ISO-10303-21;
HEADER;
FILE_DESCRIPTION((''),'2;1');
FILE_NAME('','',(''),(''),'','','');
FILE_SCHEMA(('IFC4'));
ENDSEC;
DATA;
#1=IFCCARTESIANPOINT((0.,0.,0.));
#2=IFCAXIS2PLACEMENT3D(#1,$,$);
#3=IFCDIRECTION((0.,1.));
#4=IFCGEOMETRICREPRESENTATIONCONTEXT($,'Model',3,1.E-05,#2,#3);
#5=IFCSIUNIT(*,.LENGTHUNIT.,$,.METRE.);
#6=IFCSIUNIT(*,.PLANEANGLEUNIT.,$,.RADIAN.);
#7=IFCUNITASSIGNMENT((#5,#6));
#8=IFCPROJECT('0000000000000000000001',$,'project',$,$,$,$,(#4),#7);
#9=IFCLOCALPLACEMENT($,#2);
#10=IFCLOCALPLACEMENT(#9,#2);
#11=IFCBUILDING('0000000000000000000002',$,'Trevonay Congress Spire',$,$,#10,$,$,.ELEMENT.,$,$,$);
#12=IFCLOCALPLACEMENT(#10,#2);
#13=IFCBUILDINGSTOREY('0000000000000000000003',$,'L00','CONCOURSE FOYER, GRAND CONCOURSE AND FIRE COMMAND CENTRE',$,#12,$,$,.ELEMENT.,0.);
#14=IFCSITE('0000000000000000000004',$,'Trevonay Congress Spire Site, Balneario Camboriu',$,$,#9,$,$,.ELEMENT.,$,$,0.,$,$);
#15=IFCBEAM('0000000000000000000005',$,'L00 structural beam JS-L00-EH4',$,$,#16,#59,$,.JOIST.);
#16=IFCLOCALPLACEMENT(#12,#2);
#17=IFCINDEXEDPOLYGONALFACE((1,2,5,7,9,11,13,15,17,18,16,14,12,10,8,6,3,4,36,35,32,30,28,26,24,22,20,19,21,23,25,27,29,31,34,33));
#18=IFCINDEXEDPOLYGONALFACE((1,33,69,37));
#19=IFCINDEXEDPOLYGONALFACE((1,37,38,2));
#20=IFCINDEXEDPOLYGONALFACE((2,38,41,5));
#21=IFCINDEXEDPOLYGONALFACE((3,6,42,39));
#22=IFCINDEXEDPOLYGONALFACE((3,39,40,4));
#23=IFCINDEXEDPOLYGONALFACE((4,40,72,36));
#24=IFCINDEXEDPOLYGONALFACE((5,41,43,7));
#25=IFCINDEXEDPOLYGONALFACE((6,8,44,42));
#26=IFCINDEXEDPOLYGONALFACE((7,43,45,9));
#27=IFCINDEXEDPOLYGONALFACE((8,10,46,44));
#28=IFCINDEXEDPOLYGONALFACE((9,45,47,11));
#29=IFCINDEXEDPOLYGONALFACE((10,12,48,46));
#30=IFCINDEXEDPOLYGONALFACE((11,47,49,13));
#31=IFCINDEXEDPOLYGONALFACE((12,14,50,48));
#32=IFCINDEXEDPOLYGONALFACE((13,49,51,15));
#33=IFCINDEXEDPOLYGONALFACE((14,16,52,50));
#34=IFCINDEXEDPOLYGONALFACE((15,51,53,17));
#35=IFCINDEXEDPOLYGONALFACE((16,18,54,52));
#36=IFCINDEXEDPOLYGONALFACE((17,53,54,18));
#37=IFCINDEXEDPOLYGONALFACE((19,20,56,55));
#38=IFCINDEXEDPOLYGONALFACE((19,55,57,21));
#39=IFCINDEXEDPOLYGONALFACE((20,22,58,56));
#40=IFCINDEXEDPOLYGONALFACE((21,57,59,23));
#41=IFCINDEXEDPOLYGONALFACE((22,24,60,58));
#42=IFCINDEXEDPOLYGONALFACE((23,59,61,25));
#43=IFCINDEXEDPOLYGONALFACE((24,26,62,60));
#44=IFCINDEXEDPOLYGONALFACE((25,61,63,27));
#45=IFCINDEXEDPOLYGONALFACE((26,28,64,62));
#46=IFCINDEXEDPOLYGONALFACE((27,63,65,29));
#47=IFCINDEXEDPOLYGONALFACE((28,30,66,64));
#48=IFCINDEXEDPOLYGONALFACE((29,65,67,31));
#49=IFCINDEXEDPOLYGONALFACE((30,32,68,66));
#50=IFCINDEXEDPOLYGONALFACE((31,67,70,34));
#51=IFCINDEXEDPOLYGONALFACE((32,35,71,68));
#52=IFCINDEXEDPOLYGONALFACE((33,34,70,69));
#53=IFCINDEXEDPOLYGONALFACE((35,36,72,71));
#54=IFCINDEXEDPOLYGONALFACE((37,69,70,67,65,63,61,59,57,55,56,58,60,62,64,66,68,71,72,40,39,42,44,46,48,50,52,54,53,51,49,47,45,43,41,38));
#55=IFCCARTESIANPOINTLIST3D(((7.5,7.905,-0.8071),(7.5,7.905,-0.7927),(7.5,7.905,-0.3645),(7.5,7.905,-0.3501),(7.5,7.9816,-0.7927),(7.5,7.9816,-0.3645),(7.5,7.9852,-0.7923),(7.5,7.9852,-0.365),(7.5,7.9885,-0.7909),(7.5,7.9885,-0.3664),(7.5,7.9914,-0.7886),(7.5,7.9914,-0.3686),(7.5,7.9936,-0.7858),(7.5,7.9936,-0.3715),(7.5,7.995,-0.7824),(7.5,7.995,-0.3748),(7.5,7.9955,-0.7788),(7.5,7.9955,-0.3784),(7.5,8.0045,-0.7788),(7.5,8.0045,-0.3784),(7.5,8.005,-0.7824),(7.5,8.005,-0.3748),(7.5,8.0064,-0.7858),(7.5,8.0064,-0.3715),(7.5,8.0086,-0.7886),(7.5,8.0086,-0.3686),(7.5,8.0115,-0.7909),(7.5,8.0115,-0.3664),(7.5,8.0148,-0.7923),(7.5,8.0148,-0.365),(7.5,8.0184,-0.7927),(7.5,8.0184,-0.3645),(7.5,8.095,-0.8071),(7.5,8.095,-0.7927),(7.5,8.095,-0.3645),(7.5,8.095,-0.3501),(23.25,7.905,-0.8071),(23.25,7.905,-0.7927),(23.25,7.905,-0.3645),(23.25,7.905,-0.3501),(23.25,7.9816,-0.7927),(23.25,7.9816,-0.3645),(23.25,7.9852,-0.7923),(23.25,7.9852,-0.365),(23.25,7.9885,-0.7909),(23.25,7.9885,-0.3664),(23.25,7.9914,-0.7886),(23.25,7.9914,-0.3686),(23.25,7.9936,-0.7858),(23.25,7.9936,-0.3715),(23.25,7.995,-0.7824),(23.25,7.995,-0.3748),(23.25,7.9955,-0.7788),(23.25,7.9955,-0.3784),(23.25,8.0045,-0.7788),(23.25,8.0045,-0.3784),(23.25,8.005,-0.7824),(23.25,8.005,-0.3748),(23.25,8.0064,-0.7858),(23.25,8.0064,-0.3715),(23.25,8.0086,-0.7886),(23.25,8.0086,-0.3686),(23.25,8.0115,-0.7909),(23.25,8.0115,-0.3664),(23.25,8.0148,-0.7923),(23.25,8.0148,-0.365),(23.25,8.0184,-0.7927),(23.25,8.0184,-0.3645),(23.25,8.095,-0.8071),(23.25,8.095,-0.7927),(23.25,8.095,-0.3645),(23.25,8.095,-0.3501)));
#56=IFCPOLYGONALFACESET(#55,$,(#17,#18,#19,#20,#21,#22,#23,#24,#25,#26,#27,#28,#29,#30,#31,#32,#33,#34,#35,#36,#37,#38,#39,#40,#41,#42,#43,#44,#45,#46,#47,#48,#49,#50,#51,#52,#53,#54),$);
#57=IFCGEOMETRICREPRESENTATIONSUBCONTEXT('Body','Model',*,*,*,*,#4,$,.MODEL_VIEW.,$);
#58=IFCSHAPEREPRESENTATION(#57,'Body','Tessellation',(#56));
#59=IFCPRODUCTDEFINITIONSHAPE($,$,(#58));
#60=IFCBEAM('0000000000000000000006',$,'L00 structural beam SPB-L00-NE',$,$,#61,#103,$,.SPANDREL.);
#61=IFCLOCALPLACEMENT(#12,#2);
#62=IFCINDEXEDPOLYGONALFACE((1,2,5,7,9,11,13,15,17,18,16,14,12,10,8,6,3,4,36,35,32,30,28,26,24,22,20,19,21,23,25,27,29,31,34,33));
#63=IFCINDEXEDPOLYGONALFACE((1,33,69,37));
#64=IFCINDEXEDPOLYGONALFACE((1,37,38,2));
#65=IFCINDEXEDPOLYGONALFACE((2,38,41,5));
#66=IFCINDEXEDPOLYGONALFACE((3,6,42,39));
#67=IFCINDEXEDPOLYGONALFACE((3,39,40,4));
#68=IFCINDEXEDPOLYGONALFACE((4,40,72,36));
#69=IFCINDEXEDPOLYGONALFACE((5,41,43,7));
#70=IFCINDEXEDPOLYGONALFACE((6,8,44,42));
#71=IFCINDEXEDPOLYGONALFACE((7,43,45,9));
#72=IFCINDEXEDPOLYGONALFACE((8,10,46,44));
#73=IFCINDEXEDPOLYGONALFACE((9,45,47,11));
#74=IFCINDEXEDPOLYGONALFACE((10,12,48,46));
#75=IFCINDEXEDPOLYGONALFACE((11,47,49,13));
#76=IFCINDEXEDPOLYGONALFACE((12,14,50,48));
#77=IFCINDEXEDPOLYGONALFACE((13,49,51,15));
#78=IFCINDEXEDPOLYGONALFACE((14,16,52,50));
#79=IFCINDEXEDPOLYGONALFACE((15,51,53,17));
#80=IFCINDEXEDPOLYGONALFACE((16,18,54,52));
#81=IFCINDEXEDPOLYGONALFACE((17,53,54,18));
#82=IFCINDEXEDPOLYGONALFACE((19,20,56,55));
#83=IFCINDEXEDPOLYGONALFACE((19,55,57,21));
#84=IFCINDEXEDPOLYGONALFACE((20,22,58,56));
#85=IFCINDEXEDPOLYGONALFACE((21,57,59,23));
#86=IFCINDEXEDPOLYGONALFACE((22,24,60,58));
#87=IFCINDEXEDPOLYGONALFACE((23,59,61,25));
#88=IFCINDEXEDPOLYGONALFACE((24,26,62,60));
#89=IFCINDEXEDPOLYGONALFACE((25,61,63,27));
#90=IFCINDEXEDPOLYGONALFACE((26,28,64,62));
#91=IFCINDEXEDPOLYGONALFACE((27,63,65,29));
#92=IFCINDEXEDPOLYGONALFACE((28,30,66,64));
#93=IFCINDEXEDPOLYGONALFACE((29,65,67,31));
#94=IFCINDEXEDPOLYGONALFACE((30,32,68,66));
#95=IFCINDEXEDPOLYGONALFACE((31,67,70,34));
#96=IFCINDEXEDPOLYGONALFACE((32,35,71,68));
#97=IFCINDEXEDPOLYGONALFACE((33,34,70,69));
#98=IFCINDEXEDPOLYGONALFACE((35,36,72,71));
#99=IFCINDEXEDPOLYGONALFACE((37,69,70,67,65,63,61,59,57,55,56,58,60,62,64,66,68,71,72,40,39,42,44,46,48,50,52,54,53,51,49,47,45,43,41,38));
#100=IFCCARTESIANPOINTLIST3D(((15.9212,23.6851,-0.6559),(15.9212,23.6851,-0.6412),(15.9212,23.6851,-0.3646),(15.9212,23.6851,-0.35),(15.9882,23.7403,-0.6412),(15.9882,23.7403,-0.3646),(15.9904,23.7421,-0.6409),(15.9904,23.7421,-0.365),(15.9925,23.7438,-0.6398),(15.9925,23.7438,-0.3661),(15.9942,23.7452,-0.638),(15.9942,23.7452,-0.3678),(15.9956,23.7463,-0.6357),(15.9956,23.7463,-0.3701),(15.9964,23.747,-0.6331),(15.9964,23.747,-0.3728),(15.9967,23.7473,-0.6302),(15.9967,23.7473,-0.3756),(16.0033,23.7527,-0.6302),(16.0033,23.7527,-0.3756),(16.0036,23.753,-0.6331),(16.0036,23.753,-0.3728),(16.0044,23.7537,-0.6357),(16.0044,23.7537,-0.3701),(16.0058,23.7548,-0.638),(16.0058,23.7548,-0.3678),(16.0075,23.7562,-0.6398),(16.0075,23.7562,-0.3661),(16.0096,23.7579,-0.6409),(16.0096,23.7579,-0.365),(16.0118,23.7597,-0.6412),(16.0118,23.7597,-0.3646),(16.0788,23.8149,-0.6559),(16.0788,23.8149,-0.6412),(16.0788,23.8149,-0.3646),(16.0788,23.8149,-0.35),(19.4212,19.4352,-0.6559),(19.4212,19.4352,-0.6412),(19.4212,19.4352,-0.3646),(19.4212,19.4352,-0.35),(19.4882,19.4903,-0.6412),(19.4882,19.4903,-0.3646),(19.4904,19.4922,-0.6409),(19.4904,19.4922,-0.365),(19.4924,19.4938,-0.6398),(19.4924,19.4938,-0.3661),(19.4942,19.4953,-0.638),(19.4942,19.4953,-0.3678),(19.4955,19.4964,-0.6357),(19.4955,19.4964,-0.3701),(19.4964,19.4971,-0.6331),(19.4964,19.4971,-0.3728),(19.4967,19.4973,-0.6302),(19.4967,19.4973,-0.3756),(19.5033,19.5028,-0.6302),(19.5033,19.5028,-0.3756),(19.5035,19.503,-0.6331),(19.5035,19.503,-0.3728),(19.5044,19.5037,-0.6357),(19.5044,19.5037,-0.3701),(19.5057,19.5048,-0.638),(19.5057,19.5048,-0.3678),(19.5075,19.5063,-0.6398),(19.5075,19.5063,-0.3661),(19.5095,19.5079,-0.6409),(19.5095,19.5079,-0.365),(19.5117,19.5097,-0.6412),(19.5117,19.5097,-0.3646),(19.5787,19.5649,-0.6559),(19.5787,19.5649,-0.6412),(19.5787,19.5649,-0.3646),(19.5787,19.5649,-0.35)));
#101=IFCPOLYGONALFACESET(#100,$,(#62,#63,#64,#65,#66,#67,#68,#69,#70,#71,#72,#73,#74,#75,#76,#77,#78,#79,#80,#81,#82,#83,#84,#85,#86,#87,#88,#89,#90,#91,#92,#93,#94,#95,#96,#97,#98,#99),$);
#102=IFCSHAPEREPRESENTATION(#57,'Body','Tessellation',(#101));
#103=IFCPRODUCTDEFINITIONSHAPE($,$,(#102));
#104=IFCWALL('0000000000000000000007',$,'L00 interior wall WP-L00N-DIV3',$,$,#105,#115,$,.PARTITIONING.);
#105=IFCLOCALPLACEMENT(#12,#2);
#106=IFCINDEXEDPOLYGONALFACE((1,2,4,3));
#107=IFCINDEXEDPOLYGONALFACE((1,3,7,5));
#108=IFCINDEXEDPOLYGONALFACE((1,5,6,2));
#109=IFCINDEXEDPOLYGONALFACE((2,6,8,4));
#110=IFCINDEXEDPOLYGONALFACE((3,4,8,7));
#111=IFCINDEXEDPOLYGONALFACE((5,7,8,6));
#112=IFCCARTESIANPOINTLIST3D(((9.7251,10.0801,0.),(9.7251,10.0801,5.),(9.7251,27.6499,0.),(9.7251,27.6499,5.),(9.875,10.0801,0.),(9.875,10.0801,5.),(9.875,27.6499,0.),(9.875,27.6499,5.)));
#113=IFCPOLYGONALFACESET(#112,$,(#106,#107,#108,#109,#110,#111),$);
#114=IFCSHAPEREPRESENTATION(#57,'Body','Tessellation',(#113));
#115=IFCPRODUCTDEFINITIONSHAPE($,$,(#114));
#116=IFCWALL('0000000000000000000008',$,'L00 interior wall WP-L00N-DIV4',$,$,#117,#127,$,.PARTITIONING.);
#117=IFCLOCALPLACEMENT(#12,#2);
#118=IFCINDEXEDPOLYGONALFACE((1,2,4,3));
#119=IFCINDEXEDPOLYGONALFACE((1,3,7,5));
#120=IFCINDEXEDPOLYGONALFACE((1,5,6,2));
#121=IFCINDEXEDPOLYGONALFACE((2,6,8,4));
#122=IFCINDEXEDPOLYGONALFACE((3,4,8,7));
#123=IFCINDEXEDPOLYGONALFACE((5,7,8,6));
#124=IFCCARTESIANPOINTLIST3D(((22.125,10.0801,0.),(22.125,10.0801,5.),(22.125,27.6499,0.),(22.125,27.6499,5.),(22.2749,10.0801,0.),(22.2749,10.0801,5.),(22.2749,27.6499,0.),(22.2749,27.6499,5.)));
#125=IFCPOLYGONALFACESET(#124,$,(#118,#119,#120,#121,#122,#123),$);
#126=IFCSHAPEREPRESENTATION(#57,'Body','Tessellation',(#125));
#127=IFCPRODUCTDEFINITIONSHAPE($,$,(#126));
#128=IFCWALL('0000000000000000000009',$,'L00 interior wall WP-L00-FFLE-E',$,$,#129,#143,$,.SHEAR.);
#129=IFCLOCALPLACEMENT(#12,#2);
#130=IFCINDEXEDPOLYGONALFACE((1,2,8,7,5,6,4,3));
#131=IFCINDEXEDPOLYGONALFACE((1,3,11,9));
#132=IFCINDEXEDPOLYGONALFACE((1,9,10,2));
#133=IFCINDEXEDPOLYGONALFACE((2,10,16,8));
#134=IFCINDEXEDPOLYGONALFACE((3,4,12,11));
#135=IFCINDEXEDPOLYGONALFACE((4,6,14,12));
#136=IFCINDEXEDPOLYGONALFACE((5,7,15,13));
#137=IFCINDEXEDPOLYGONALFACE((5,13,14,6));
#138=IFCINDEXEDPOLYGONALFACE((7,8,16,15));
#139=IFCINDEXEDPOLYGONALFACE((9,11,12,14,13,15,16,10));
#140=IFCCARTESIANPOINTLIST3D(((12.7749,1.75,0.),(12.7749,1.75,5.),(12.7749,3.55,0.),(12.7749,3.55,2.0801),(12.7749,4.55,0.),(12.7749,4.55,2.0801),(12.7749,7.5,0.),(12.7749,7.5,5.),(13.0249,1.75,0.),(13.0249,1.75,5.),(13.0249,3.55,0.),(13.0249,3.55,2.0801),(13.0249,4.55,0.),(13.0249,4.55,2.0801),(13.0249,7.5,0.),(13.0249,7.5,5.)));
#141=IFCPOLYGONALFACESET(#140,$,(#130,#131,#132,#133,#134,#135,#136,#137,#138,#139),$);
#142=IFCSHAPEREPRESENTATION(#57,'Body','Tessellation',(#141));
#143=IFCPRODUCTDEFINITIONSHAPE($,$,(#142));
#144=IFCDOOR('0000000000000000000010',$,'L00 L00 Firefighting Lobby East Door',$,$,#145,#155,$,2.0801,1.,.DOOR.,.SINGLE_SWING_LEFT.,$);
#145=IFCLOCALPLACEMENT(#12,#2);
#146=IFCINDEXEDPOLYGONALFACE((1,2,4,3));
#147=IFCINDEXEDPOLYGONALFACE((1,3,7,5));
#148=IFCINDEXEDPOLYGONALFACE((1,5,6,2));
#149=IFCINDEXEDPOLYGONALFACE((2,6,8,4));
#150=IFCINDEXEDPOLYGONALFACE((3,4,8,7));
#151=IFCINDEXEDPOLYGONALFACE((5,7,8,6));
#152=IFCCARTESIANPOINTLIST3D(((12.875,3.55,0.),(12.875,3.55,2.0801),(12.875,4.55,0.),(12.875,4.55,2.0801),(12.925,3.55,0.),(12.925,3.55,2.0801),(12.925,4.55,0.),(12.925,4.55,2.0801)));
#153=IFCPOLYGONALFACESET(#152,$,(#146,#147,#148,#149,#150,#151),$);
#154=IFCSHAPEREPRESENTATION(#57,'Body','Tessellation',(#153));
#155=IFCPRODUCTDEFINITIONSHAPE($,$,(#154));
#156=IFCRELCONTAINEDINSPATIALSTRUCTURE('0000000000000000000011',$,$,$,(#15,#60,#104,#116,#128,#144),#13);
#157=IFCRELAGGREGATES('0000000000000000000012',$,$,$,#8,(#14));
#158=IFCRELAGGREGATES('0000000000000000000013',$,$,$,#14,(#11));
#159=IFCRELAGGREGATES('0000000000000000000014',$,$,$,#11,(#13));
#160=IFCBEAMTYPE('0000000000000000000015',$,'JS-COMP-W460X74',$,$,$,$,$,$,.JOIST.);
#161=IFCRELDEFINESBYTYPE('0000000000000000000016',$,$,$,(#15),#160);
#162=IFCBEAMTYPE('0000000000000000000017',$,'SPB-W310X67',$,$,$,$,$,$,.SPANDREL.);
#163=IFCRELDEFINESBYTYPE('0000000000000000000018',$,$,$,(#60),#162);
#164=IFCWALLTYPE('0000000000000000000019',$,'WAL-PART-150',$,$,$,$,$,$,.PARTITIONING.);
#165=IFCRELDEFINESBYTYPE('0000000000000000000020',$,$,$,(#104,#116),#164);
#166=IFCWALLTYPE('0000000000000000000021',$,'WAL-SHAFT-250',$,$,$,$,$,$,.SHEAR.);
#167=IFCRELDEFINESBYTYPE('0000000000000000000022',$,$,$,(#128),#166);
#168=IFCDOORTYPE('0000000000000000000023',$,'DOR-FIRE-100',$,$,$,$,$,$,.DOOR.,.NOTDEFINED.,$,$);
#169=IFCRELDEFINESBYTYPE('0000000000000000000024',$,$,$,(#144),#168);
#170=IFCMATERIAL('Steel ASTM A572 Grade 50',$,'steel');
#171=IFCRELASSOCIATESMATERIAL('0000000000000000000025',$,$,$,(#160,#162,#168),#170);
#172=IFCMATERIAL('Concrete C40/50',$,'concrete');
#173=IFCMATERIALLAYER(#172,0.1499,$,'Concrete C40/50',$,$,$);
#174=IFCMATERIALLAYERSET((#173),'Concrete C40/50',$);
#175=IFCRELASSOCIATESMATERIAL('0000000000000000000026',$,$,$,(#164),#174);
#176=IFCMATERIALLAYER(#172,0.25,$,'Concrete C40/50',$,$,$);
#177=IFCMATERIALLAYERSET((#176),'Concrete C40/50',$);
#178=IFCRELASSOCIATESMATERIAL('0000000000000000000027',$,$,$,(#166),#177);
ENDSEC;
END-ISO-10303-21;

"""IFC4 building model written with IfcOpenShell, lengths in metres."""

from ifc_helpers import new_model, si_unit, direction, frame, frame_2d, origin, origin_2d, place, context, subcontext, project, spatial, rectangle, i_section, extrude, material, layer, layer_set, material_profile, profile_set, type_object, element, fill, save


model = new_model("IFC4")

# Units and contexts
model_context = context("Model", 3, precision=1e-05, world=origin(), true_north=direction((0.0, 1.0)))
body_context = subcontext(model_context, "Body", "Model", "MODEL_VIEW")
ifc_project = project(units=[si_unit("LENGTHUNIT", "METRE"), si_unit("PLANEANGLEUNIT", "RADIAN")], contexts=[model_context])

# Site, building, storey
site_placement = place(None, origin())
site = spatial("IfcSite", under=ifc_project, at=site_placement, Name="Trevonay Congress Spire Site, Balneario Camboriu", CompositionType="ELEMENT", RefElevation=0.0)
building_placement = place(site_placement, origin())
building = spatial("IfcBuilding", under=site, at=building_placement, Name="Trevonay Congress Spire", CompositionType="ELEMENT")
storey_placement = place(building_placement, origin())
storey = spatial("IfcBuildingStorey", under=building, at=storey_placement, Name="L00", Description="CONCOURSE FOYER, GRAND CONCOURSE AND FIRE COMMAND CENTRE", CompositionType="ELEMENT", Elevation=0.0)

# Shared definitions
ifc_material_1 = material(Name="Steel ASTM A572 Grade 50", Category="steel")

# Beams
ifc_material_profile_1 = material_profile(ifc_material_1, i_section(OverallWidth=0.1899, OverallDepth=0.457, WebThickness=0.009, FlangeThickness=0.0144, FilletRadius=0.0139, at=origin_2d()), Name="W460x74")
ifc_profile_set_1 = profile_set([ifc_material_profile_1], Name="Steel ASTM A572 Grade 50")
beam_type_1 = type_object("IfcBeamType", Name="JS-COMP-W460X74", PredefinedType="JOIST", material=ifc_profile_set_1)
beam_1_placement = place(storey_placement, frame((7.5, 8.0, -0.5786), z_axis=(1.0, 0.0, 0.0), x_axis=(0.0, 1.0, 0.0)))
element("IfcBeam", 1, at=beam_1_placement, inside=storey, type_object=beam_type_1, Name="L00 structural beam JS-L00-EH4", PredefinedType="JOIST", context=body_context, shape_type="SweptSolid", body=[
    extrude(i_section(OverallWidth=0.1899, OverallDepth=0.457, WebThickness=0.009, FlangeThickness=0.0144, FilletRadius=0.0139, at=origin_2d()), origin(), (0.0, 0.0, 1.0), 15.75),
])
ifc_material_profile_2 = material_profile(ifc_material_1, i_section(OverallWidth=0.2041, OverallDepth=0.3059, WebThickness=0.0085, FlangeThickness=0.0146, FilletRadius=0.011, at=origin_2d()), Name="W310x67")
ifc_profile_set_2 = profile_set([ifc_material_profile_2], Name="Steel ASTM A572 Grade 50")
beam_type_2 = type_object("IfcBeamType", Name="SPB-W310X67", PredefinedType="SPANDREL", material=ifc_profile_set_2)
beam_2_placement = place(storey_placement, frame((16.0, 23.75, -0.5029), z_axis=(0.635707, -0.77193, 0.0), x_axis=(0.77193, 0.635707, 0.0)))
element("IfcBeam", 2, at=beam_2_placement, inside=storey, type_object=beam_type_2, Name="L00 structural beam SPB-L00-NE", PredefinedType="SPANDREL", context=body_context, shape_type="SweptSolid", body=[
    extrude(i_section(OverallWidth=0.2041, OverallDepth=0.3059, WebThickness=0.0085, FlangeThickness=0.0146, FilletRadius=0.011, at=origin_2d()), origin(), (0.0, 0.0, 1.0), 5.5056),
])

# Walls
ifc_material_2 = material(Name="Concrete C40/50", Category="concrete")
ifc_layer_1 = layer(ifc_material_2, 0.1499, Name="Concrete C40/50")
ifc_layer_set_1 = layer_set([ifc_layer_1], Name="Concrete C40/50")
wall_type_1 = type_object("IfcWallType", Name="WAL-PART-150", PredefinedType="PARTITIONING", material=ifc_layer_set_1)
for number, where, z_axis, x_axis, name in (
    (3, (9.8, 10.0801, 0.0), (0.0, 0.0, 1.0), (0.0, 1.0, 0.0), "L00 interior wall WP-L00N-DIV3"),
    (4, (22.2, 10.0801, 0.0), (0.0, 0.0, 1.0), (0.0, 1.0, 0.0), "L00 interior wall WP-L00N-DIV4"),
):
    element("IfcWall", number, at=place(storey_placement, frame(where, z_axis=z_axis, x_axis=x_axis)), inside=storey, type_object=wall_type_1, Name=name, PredefinedType="PARTITIONING", context=body_context, shape_type="SweptSolid", body=[
        extrude(rectangle(XDim=17.5698, YDim=0.1499, at=frame_2d((8.7849, 0.0))), origin(), (0.0, 0.0, 1.0), 5.0),
    ])

# Wall, opening, door
ifc_layer_2 = layer(ifc_material_2, 0.25, Name="Concrete C40/50")
ifc_layer_set_2 = layer_set([ifc_layer_2], Name="Concrete C40/50")
wall_type_2 = type_object("IfcWallType", Name="WAL-SHAFT-250", PredefinedType="SHEAR", material=ifc_layer_set_2)
wall_1_placement = place(storey_placement, frame((12.8999, 1.75, 0.0), z_axis=(0.0, 0.0, 1.0), x_axis=(0.0, 1.0, 0.0)))
wall_1 = element("IfcWall", 5, at=wall_1_placement, inside=storey, type_object=wall_type_2, Name="L00 interior wall WP-L00-FFLE-E", PredefinedType="SHEAR", context=body_context, shape_type="SweptSolid", body=[
    extrude(rectangle(XDim=5.75, YDim=0.25, at=frame_2d((2.875, 0.0))), origin(), (0.0, 0.0, 1.0), 5.0),
])
opening_1_placement = place(wall_1_placement, frame((1.8, 0.0, 0.0)))
opening_1 = element("IfcOpeningElement", 6, at=opening_1_placement, cuts=wall_1, PredefinedType="OPENING", context=body_context, shape_type="SweptSolid", body=[
    extrude(rectangle(XDim=1.0, YDim=2.0801, at=frame_2d((0.5, 1.04))), frame((0.0, 0.135, 0.0), z_axis=(0.0, -1.0, 0.0), x_axis=(1.0, 0.0, 0.0)), (0.0, 0.0, 1.0), 0.27),
])
door_type_1 = type_object("IfcDoorType", Name="DOR-FIRE-100", OperationType="NOTDEFINED", PredefinedType="DOOR", material=ifc_material_1)
door_1_placement = place(opening_1_placement, origin())
door_1 = element("IfcDoor", 7, at=door_1_placement, inside=storey, type_object=door_type_1, Name="L00 L00 Firefighting Lobby East Door", OperationType="SINGLE_SWING_LEFT", OverallHeight=2.0801, OverallWidth=1.0, PredefinedType="DOOR", context=body_context, shape_type="SweptSolid", body=[
    extrude(rectangle(XDim=1.0, YDim=2.0801, at=frame_2d((0.5, 1.04))), frame((0.0, 0.0249, 0.0), z_axis=(0.0, -1.0, 0.0), x_axis=(1.0, 0.0, 0.0)), (0.0, 0.0, 1.0), 0.05),
])
fill(opening_1, door_1)

save(model, "model.ifc")
